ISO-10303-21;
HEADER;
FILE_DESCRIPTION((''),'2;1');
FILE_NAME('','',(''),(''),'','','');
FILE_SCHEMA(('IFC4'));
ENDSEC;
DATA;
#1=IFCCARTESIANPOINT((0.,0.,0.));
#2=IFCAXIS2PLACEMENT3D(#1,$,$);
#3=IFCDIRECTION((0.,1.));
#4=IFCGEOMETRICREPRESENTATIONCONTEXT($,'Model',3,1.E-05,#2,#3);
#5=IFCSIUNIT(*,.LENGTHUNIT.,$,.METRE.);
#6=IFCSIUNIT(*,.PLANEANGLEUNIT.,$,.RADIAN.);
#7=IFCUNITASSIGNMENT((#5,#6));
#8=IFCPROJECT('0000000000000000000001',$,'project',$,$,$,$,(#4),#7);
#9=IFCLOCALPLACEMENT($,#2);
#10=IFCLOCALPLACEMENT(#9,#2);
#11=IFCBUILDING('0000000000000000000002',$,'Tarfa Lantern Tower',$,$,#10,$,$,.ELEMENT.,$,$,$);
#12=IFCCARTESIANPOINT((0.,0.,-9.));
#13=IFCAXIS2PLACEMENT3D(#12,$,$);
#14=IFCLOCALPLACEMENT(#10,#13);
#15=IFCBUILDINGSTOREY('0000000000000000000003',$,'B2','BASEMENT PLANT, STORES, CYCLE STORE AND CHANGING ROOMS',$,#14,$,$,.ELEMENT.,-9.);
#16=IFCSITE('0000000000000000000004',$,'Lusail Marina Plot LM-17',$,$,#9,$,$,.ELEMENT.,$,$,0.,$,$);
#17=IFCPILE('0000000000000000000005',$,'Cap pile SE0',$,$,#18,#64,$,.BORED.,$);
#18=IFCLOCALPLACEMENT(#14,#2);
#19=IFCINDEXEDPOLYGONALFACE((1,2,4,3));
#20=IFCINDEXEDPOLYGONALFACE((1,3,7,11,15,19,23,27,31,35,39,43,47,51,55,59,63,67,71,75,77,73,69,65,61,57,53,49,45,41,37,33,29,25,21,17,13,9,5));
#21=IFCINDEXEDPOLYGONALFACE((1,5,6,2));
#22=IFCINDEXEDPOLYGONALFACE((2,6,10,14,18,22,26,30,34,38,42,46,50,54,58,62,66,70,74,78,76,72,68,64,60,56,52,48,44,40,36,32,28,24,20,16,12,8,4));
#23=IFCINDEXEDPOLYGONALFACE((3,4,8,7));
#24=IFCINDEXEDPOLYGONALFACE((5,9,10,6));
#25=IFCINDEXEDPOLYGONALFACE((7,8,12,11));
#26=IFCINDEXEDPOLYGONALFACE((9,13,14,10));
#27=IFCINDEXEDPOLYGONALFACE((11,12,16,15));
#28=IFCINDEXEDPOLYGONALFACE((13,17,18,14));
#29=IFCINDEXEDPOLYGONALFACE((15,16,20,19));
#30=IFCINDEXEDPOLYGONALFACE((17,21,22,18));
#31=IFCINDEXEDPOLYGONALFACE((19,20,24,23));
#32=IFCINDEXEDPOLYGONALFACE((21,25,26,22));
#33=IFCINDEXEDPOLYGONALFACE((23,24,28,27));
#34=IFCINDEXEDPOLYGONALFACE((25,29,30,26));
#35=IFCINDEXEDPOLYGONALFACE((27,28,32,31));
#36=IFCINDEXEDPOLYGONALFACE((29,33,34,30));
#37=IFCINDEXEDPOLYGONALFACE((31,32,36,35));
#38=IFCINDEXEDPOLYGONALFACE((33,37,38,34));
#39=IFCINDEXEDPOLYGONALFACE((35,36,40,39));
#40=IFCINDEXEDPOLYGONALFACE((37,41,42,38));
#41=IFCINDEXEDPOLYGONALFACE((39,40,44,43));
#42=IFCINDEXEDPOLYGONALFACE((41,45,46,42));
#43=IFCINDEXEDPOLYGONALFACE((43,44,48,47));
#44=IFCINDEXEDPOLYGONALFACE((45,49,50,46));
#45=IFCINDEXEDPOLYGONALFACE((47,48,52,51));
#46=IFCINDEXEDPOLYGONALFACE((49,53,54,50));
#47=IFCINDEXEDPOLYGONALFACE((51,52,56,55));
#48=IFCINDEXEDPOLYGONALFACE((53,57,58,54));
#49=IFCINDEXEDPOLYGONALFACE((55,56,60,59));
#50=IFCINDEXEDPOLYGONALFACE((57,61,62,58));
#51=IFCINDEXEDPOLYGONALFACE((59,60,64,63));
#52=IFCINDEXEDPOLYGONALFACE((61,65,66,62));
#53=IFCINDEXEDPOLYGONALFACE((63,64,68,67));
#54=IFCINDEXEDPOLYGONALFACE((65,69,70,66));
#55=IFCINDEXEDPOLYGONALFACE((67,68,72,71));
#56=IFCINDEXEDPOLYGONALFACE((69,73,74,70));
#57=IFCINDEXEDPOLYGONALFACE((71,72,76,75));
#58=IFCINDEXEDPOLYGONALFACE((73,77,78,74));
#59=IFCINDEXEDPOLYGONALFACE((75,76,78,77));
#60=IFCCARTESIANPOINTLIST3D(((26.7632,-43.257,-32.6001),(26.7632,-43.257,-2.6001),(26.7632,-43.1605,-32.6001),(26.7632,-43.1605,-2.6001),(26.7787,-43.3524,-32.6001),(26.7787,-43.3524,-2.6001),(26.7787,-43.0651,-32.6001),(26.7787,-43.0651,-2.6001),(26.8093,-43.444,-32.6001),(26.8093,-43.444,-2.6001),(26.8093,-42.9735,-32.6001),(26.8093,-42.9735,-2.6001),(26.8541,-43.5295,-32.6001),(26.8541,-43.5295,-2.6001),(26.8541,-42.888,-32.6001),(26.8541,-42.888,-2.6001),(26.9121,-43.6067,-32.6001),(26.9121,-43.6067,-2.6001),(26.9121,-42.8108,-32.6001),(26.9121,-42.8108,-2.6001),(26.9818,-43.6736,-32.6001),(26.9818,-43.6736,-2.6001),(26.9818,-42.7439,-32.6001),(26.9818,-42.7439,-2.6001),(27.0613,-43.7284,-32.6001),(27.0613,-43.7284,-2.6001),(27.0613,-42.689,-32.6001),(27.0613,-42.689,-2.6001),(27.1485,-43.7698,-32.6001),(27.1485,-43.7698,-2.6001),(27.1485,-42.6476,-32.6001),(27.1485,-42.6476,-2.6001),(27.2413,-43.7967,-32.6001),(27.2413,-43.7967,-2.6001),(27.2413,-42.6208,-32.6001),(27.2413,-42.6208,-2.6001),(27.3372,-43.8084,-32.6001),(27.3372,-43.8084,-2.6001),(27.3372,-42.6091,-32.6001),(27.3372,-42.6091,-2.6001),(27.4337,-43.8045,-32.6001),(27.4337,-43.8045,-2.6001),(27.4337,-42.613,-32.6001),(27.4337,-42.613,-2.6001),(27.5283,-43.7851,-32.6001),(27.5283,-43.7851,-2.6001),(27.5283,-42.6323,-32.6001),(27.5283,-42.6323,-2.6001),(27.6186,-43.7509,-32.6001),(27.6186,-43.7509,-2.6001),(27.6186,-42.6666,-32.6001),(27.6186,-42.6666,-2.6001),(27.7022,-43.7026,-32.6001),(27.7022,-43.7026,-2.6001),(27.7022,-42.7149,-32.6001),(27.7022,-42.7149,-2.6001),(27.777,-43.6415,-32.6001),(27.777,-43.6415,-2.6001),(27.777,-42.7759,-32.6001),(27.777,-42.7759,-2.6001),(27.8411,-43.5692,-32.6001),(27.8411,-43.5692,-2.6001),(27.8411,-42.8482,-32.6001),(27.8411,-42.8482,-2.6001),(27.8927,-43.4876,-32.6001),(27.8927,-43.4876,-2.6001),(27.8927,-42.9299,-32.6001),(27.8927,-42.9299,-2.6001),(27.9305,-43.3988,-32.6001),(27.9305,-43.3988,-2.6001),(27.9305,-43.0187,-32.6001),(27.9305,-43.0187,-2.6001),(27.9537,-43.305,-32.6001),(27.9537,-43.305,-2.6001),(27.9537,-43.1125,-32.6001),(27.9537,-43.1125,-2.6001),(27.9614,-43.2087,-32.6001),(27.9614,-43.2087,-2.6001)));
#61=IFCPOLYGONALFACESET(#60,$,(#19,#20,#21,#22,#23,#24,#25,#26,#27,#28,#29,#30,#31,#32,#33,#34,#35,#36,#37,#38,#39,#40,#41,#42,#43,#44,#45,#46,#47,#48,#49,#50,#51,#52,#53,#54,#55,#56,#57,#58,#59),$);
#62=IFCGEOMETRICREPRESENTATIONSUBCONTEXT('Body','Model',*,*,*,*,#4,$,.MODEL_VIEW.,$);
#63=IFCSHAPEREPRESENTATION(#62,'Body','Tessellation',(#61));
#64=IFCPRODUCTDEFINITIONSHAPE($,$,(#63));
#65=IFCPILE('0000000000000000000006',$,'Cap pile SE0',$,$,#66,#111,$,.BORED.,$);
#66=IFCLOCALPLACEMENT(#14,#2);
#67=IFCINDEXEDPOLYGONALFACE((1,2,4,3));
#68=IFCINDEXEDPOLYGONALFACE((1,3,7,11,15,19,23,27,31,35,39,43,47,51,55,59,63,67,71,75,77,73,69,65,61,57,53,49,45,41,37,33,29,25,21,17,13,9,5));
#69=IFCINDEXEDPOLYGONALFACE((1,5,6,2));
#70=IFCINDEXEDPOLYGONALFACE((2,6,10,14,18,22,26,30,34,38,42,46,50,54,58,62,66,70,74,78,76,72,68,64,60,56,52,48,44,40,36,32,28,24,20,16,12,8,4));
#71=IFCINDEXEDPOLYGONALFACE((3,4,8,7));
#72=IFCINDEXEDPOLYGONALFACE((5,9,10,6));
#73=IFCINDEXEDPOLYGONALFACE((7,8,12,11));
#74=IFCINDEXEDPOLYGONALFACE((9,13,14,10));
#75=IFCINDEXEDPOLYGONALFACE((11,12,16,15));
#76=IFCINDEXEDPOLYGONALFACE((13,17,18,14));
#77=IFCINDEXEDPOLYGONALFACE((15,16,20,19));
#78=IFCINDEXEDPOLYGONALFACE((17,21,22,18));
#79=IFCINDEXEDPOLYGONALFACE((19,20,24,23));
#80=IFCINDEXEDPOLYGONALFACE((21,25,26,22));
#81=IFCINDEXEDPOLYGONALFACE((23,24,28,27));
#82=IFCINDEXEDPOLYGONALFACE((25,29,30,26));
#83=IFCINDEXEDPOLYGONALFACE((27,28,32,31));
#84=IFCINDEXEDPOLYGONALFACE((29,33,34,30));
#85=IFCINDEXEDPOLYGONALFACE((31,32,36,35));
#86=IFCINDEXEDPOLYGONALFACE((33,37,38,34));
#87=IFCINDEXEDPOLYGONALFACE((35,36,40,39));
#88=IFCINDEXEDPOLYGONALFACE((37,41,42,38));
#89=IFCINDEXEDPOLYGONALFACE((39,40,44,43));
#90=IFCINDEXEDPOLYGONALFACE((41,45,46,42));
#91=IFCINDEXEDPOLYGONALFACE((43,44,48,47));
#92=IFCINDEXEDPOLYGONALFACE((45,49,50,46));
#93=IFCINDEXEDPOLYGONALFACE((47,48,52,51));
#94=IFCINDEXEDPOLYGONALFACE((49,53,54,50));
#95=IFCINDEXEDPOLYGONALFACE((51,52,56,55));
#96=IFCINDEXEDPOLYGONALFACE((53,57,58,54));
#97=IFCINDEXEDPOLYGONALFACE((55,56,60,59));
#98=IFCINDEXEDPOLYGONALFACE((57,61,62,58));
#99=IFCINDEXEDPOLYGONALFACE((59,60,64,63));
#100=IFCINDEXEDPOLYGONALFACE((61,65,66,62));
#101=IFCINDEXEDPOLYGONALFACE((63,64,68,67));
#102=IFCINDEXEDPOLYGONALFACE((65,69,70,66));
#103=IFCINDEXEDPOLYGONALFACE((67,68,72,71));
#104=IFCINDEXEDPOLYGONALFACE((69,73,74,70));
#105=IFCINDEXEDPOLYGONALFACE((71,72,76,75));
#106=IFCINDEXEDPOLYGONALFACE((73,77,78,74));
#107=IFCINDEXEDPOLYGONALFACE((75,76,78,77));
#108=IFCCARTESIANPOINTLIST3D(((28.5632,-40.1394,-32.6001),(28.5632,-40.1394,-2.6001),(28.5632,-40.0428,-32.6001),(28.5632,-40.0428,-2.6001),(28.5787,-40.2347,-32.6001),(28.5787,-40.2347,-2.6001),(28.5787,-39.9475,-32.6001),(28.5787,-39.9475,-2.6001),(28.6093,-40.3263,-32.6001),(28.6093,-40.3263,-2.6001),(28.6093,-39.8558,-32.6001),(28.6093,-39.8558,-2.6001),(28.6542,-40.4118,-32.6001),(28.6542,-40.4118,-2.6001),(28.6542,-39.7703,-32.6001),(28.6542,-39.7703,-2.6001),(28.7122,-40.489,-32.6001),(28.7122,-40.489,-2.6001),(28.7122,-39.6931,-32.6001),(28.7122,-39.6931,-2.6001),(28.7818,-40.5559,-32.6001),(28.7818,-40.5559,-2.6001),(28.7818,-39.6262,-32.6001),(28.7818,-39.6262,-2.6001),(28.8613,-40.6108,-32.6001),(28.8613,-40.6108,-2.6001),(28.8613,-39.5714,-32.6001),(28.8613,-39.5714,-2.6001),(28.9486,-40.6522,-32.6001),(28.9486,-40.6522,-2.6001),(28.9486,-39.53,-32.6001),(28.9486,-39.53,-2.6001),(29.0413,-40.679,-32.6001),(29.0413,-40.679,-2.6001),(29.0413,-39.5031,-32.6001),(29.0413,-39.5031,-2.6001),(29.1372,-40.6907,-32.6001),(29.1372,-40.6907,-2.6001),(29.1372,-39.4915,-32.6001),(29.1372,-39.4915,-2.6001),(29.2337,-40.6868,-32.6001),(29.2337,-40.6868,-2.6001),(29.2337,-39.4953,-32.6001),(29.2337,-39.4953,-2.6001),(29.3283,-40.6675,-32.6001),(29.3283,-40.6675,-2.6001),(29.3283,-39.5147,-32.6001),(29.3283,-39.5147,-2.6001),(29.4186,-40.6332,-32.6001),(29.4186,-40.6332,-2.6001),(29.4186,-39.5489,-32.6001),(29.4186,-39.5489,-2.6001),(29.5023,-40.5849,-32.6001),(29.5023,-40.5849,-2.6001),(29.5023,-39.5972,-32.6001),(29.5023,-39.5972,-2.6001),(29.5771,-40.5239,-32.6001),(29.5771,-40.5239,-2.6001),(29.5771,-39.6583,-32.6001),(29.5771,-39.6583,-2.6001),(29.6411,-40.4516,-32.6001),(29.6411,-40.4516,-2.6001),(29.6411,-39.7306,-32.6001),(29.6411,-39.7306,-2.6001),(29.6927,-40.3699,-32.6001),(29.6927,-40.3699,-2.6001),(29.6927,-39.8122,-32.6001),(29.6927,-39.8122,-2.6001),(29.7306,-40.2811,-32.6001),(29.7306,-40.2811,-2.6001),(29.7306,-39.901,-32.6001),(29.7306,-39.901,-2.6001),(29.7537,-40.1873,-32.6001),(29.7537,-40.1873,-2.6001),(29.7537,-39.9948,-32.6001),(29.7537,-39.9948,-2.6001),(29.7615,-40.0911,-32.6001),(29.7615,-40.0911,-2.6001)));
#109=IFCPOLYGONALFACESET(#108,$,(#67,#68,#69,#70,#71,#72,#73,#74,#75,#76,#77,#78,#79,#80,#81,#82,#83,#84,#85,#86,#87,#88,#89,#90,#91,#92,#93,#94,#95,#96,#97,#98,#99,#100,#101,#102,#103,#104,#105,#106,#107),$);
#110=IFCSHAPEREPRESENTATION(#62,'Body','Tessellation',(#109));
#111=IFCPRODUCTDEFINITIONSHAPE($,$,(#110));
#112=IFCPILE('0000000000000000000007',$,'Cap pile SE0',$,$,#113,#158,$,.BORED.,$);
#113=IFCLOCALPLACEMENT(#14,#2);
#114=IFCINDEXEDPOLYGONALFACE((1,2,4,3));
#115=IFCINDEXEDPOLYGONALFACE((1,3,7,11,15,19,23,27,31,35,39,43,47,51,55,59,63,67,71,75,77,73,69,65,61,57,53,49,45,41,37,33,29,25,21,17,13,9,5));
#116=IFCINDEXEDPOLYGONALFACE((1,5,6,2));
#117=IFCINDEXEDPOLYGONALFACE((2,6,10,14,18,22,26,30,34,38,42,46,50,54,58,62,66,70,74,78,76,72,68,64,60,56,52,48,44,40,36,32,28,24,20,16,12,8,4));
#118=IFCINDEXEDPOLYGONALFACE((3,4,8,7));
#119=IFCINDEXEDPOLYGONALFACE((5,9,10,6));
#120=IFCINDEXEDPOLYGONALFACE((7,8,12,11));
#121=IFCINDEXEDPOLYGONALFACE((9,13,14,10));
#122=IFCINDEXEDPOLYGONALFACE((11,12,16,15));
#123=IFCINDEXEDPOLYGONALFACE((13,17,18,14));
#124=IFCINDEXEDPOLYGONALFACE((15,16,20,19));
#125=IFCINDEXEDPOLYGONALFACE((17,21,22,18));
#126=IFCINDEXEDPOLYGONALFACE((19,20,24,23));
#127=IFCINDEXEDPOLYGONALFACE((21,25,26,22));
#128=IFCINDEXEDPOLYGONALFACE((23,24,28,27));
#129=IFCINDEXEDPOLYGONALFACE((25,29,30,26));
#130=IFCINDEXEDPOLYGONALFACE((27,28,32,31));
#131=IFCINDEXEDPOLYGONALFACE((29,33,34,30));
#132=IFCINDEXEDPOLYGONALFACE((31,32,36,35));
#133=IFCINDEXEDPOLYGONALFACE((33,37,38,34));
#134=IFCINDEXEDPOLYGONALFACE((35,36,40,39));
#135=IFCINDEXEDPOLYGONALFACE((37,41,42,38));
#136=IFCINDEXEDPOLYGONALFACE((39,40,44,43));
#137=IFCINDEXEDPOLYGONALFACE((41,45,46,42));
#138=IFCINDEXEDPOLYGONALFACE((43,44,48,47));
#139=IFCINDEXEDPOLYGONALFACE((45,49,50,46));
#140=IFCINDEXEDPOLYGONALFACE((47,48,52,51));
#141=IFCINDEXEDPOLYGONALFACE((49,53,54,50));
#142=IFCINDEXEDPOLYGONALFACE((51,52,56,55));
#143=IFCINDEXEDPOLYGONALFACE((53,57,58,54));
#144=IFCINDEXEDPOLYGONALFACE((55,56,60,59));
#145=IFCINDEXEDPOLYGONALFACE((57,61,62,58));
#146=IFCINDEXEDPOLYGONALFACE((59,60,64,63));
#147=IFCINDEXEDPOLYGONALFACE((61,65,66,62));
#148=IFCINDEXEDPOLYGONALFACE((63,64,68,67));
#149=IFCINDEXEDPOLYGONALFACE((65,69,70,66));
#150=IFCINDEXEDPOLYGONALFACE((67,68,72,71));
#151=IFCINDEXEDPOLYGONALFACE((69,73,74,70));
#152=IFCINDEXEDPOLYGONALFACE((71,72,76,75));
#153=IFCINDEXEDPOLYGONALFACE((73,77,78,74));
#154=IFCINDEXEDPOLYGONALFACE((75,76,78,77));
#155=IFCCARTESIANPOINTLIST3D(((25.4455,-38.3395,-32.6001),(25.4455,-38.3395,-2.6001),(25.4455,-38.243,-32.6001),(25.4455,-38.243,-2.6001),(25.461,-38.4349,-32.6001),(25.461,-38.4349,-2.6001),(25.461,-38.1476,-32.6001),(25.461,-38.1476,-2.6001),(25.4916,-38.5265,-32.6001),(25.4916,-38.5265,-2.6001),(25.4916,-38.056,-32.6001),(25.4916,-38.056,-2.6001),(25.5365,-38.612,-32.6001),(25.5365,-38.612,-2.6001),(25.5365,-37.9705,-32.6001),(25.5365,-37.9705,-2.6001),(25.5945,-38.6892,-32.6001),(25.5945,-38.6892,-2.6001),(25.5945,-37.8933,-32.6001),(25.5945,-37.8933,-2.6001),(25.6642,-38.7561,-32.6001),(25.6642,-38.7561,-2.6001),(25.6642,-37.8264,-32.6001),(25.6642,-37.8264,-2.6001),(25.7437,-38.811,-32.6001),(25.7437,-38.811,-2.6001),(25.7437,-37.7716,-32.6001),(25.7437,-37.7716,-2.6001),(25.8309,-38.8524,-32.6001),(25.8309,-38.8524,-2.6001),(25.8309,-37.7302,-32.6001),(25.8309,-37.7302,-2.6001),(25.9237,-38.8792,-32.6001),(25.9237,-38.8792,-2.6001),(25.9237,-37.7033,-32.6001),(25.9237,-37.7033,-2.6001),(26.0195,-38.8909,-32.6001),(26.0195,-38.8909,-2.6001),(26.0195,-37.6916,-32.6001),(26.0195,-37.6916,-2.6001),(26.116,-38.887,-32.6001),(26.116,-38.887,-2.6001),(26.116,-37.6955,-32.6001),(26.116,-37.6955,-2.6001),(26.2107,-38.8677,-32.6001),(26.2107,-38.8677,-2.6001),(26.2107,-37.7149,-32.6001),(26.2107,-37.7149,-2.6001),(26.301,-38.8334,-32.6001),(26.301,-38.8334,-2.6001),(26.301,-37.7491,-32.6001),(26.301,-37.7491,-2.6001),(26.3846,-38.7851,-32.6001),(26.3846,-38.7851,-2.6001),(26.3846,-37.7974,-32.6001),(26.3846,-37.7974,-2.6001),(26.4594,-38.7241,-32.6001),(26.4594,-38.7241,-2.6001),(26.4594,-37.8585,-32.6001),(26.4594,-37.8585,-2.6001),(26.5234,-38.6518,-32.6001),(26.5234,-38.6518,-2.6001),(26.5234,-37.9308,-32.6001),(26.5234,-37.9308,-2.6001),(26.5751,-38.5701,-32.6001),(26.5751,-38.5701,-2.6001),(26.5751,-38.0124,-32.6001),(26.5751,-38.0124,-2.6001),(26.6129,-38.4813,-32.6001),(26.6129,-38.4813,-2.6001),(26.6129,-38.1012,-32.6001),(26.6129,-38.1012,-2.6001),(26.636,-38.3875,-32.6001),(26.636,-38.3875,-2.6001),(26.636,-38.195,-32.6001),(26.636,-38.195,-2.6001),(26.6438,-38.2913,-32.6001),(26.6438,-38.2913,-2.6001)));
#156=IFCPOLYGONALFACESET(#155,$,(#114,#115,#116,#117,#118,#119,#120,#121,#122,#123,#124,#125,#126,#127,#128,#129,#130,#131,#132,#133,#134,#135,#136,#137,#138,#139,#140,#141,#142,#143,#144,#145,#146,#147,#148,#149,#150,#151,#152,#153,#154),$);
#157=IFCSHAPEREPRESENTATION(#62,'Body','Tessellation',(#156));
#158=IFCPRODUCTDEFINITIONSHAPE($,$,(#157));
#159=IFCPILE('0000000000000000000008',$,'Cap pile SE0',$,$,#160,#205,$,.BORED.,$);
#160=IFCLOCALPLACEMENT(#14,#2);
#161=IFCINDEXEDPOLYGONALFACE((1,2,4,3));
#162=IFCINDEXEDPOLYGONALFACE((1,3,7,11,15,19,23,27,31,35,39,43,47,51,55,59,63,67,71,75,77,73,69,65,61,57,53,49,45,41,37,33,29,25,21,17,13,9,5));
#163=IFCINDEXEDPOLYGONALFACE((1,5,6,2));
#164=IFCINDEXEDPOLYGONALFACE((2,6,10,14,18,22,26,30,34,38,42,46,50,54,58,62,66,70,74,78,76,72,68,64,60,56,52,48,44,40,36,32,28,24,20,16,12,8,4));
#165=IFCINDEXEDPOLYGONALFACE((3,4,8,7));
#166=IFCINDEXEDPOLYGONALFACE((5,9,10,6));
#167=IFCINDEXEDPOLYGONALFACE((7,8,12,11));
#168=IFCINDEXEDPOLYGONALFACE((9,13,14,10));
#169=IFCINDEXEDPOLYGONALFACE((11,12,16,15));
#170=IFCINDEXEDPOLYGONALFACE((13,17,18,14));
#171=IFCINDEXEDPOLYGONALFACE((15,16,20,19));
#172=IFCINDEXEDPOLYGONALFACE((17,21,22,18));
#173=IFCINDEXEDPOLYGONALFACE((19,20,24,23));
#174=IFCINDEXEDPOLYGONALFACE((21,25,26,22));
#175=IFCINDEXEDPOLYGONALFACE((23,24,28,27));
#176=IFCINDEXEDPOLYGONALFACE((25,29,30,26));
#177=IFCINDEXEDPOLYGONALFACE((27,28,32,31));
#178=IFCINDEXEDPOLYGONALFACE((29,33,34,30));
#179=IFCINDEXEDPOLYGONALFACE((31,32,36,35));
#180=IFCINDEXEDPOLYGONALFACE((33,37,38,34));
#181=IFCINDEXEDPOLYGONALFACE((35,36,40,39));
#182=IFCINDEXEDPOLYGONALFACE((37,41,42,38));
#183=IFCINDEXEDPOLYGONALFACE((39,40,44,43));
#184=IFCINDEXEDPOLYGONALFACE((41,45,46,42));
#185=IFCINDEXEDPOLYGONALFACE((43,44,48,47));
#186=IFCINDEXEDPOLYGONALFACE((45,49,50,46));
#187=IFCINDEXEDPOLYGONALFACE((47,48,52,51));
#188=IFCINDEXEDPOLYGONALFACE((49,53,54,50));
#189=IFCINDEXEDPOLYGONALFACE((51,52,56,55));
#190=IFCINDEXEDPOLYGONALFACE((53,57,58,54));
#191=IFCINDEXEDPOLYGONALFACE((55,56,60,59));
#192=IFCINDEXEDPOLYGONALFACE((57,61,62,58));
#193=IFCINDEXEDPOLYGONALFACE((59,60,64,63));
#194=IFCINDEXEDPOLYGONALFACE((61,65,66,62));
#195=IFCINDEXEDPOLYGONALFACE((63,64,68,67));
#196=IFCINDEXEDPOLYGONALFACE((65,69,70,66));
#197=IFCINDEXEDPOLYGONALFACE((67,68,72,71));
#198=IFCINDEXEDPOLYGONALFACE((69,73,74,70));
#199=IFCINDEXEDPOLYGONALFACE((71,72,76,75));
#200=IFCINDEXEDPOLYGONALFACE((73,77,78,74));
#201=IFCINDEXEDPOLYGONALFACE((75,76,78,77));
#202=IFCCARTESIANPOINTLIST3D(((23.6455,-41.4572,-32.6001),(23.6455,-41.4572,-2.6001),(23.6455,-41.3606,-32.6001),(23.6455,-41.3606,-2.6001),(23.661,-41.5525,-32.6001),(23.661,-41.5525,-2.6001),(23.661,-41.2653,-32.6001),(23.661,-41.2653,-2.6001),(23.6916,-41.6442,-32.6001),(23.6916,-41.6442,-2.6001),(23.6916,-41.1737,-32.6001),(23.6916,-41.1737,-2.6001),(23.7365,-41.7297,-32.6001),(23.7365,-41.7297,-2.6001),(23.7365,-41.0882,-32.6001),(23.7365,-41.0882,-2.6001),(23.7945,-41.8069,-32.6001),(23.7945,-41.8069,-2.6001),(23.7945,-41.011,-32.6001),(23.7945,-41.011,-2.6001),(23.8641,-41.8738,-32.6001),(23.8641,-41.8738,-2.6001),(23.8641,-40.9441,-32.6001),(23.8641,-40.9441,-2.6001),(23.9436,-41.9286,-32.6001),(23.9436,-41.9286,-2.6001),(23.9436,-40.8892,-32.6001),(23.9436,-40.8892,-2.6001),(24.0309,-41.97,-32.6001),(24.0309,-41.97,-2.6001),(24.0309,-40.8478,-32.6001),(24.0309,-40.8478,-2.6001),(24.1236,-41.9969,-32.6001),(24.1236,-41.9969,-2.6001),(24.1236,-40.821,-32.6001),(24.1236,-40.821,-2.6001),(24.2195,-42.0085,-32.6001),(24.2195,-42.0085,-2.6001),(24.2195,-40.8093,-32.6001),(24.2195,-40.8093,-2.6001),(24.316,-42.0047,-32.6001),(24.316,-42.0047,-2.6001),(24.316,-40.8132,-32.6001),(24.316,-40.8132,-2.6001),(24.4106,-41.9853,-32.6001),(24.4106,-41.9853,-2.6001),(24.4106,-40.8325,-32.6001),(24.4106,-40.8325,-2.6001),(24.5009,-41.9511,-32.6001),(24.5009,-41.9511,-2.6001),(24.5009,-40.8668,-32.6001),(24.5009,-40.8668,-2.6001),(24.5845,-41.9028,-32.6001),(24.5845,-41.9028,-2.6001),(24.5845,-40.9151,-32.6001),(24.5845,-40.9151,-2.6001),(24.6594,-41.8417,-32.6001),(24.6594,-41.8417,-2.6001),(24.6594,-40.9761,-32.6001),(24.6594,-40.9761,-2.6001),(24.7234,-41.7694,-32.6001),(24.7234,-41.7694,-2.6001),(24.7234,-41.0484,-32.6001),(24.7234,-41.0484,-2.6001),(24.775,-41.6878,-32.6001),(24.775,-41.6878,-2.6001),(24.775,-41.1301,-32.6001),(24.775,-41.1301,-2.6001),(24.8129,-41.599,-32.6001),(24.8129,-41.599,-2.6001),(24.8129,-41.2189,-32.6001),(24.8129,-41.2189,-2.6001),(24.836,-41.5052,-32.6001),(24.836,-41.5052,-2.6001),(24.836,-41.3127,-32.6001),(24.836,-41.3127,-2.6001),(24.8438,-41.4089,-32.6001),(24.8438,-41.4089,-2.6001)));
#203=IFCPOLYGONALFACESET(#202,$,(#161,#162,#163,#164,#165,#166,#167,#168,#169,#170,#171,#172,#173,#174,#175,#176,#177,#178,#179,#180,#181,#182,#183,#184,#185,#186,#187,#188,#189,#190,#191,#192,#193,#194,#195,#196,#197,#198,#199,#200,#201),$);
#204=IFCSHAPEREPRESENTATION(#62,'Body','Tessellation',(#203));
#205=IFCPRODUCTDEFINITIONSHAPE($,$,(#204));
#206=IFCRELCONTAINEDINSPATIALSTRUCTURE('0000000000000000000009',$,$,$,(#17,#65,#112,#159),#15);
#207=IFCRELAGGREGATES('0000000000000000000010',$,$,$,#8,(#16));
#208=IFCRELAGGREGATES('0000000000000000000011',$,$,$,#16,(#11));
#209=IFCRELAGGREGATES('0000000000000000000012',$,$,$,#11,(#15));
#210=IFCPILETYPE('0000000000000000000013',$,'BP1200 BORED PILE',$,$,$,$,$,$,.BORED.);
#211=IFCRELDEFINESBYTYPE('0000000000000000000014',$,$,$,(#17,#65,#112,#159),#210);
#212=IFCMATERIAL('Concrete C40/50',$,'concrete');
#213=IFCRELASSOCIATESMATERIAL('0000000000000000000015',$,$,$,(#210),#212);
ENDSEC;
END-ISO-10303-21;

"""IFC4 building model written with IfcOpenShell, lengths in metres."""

from ifc_helpers import new_model, si_unit, direction, frame, origin, origin_2d, place, context, subcontext, project, spatial, circle, extrude, material, material_profile, profile_set, type_object, element, save


model = new_model("IFC4")

# Units and contexts
model_context = context("Model", 3, precision=1e-05, world=origin(), true_north=direction((0.0, 1.0)))
body_context = subcontext(model_context, "Body", "Model", "MODEL_VIEW")
ifc_project = project(units=[si_unit("LENGTHUNIT", "METRE"), si_unit("PLANEANGLEUNIT", "RADIAN")], contexts=[model_context])

# Site, building, storey
site_placement = place(None, origin())
site = spatial("IfcSite", under=ifc_project, at=site_placement, Name="Lusail Marina Plot LM-17", CompositionType="ELEMENT", RefElevation=0.0)
building_placement = place(site_placement, origin())
building = spatial("IfcBuilding", under=site, at=building_placement, Name="Tarfa Lantern Tower", CompositionType="ELEMENT")
storey_placement = place(building_placement, frame((0.0, 0.0, -9.0)))
storey = spatial("IfcBuildingStorey", under=building, at=storey_placement, Name="B2", Description="BASEMENT PLANT, STORES, CYCLE STORE AND CHANGING ROOMS", CompositionType="ELEMENT", Elevation=-9.0)

# Piles
ifc_material_1 = material(Name="Concrete C40/50", Category="concrete")
ifc_material_profile_1 = material_profile(ifc_material_1, circle(Radius=0.6001, at=origin_2d()), Name="BORED PILE D1200")
ifc_profile_set_1 = profile_set([ifc_material_profile_1], Name="Concrete C40/50")
pile_type_1 = type_object("IfcPileType", Name="BP1200 BORED PILE", PredefinedType="BORED", material=ifc_profile_set_1)
for number, where, z_axis, x_axis, name in (
    (1, (27.3613, -43.2087, -2.6001), (0.0, 0.0, -1.0), (1.0, 0.0, 0.0), "Cap pile SE0"),
    (2, (29.1614, -40.0911, -2.6001), (0.0, 0.0, -1.0), (1.0, 0.0, 0.0), "Cap pile SE0"),
    (3, (26.0437, -38.2913, -2.6001), (0.0, 0.0, -1.0), (1.0, 0.0, 0.0), "Cap pile SE0"),
    (4, (24.2437, -41.4089, -2.6001), (0.0, 0.0, -1.0), (1.0, 0.0, 0.0), "Cap pile SE0"),
):
    element("IfcPile", number, at=place(storey_placement, frame(where, z_axis=z_axis, x_axis=x_axis)), inside=storey, type_object=pile_type_1, Name=name, PredefinedType="BORED", context=body_context, shape_type="SweptSolid", body=[
        extrude(circle(Radius=0.6001, at=origin_2d()), origin(), (0.0, 0.0, 1.0), 30.0),
    ])

save(model, "model.ifc")
